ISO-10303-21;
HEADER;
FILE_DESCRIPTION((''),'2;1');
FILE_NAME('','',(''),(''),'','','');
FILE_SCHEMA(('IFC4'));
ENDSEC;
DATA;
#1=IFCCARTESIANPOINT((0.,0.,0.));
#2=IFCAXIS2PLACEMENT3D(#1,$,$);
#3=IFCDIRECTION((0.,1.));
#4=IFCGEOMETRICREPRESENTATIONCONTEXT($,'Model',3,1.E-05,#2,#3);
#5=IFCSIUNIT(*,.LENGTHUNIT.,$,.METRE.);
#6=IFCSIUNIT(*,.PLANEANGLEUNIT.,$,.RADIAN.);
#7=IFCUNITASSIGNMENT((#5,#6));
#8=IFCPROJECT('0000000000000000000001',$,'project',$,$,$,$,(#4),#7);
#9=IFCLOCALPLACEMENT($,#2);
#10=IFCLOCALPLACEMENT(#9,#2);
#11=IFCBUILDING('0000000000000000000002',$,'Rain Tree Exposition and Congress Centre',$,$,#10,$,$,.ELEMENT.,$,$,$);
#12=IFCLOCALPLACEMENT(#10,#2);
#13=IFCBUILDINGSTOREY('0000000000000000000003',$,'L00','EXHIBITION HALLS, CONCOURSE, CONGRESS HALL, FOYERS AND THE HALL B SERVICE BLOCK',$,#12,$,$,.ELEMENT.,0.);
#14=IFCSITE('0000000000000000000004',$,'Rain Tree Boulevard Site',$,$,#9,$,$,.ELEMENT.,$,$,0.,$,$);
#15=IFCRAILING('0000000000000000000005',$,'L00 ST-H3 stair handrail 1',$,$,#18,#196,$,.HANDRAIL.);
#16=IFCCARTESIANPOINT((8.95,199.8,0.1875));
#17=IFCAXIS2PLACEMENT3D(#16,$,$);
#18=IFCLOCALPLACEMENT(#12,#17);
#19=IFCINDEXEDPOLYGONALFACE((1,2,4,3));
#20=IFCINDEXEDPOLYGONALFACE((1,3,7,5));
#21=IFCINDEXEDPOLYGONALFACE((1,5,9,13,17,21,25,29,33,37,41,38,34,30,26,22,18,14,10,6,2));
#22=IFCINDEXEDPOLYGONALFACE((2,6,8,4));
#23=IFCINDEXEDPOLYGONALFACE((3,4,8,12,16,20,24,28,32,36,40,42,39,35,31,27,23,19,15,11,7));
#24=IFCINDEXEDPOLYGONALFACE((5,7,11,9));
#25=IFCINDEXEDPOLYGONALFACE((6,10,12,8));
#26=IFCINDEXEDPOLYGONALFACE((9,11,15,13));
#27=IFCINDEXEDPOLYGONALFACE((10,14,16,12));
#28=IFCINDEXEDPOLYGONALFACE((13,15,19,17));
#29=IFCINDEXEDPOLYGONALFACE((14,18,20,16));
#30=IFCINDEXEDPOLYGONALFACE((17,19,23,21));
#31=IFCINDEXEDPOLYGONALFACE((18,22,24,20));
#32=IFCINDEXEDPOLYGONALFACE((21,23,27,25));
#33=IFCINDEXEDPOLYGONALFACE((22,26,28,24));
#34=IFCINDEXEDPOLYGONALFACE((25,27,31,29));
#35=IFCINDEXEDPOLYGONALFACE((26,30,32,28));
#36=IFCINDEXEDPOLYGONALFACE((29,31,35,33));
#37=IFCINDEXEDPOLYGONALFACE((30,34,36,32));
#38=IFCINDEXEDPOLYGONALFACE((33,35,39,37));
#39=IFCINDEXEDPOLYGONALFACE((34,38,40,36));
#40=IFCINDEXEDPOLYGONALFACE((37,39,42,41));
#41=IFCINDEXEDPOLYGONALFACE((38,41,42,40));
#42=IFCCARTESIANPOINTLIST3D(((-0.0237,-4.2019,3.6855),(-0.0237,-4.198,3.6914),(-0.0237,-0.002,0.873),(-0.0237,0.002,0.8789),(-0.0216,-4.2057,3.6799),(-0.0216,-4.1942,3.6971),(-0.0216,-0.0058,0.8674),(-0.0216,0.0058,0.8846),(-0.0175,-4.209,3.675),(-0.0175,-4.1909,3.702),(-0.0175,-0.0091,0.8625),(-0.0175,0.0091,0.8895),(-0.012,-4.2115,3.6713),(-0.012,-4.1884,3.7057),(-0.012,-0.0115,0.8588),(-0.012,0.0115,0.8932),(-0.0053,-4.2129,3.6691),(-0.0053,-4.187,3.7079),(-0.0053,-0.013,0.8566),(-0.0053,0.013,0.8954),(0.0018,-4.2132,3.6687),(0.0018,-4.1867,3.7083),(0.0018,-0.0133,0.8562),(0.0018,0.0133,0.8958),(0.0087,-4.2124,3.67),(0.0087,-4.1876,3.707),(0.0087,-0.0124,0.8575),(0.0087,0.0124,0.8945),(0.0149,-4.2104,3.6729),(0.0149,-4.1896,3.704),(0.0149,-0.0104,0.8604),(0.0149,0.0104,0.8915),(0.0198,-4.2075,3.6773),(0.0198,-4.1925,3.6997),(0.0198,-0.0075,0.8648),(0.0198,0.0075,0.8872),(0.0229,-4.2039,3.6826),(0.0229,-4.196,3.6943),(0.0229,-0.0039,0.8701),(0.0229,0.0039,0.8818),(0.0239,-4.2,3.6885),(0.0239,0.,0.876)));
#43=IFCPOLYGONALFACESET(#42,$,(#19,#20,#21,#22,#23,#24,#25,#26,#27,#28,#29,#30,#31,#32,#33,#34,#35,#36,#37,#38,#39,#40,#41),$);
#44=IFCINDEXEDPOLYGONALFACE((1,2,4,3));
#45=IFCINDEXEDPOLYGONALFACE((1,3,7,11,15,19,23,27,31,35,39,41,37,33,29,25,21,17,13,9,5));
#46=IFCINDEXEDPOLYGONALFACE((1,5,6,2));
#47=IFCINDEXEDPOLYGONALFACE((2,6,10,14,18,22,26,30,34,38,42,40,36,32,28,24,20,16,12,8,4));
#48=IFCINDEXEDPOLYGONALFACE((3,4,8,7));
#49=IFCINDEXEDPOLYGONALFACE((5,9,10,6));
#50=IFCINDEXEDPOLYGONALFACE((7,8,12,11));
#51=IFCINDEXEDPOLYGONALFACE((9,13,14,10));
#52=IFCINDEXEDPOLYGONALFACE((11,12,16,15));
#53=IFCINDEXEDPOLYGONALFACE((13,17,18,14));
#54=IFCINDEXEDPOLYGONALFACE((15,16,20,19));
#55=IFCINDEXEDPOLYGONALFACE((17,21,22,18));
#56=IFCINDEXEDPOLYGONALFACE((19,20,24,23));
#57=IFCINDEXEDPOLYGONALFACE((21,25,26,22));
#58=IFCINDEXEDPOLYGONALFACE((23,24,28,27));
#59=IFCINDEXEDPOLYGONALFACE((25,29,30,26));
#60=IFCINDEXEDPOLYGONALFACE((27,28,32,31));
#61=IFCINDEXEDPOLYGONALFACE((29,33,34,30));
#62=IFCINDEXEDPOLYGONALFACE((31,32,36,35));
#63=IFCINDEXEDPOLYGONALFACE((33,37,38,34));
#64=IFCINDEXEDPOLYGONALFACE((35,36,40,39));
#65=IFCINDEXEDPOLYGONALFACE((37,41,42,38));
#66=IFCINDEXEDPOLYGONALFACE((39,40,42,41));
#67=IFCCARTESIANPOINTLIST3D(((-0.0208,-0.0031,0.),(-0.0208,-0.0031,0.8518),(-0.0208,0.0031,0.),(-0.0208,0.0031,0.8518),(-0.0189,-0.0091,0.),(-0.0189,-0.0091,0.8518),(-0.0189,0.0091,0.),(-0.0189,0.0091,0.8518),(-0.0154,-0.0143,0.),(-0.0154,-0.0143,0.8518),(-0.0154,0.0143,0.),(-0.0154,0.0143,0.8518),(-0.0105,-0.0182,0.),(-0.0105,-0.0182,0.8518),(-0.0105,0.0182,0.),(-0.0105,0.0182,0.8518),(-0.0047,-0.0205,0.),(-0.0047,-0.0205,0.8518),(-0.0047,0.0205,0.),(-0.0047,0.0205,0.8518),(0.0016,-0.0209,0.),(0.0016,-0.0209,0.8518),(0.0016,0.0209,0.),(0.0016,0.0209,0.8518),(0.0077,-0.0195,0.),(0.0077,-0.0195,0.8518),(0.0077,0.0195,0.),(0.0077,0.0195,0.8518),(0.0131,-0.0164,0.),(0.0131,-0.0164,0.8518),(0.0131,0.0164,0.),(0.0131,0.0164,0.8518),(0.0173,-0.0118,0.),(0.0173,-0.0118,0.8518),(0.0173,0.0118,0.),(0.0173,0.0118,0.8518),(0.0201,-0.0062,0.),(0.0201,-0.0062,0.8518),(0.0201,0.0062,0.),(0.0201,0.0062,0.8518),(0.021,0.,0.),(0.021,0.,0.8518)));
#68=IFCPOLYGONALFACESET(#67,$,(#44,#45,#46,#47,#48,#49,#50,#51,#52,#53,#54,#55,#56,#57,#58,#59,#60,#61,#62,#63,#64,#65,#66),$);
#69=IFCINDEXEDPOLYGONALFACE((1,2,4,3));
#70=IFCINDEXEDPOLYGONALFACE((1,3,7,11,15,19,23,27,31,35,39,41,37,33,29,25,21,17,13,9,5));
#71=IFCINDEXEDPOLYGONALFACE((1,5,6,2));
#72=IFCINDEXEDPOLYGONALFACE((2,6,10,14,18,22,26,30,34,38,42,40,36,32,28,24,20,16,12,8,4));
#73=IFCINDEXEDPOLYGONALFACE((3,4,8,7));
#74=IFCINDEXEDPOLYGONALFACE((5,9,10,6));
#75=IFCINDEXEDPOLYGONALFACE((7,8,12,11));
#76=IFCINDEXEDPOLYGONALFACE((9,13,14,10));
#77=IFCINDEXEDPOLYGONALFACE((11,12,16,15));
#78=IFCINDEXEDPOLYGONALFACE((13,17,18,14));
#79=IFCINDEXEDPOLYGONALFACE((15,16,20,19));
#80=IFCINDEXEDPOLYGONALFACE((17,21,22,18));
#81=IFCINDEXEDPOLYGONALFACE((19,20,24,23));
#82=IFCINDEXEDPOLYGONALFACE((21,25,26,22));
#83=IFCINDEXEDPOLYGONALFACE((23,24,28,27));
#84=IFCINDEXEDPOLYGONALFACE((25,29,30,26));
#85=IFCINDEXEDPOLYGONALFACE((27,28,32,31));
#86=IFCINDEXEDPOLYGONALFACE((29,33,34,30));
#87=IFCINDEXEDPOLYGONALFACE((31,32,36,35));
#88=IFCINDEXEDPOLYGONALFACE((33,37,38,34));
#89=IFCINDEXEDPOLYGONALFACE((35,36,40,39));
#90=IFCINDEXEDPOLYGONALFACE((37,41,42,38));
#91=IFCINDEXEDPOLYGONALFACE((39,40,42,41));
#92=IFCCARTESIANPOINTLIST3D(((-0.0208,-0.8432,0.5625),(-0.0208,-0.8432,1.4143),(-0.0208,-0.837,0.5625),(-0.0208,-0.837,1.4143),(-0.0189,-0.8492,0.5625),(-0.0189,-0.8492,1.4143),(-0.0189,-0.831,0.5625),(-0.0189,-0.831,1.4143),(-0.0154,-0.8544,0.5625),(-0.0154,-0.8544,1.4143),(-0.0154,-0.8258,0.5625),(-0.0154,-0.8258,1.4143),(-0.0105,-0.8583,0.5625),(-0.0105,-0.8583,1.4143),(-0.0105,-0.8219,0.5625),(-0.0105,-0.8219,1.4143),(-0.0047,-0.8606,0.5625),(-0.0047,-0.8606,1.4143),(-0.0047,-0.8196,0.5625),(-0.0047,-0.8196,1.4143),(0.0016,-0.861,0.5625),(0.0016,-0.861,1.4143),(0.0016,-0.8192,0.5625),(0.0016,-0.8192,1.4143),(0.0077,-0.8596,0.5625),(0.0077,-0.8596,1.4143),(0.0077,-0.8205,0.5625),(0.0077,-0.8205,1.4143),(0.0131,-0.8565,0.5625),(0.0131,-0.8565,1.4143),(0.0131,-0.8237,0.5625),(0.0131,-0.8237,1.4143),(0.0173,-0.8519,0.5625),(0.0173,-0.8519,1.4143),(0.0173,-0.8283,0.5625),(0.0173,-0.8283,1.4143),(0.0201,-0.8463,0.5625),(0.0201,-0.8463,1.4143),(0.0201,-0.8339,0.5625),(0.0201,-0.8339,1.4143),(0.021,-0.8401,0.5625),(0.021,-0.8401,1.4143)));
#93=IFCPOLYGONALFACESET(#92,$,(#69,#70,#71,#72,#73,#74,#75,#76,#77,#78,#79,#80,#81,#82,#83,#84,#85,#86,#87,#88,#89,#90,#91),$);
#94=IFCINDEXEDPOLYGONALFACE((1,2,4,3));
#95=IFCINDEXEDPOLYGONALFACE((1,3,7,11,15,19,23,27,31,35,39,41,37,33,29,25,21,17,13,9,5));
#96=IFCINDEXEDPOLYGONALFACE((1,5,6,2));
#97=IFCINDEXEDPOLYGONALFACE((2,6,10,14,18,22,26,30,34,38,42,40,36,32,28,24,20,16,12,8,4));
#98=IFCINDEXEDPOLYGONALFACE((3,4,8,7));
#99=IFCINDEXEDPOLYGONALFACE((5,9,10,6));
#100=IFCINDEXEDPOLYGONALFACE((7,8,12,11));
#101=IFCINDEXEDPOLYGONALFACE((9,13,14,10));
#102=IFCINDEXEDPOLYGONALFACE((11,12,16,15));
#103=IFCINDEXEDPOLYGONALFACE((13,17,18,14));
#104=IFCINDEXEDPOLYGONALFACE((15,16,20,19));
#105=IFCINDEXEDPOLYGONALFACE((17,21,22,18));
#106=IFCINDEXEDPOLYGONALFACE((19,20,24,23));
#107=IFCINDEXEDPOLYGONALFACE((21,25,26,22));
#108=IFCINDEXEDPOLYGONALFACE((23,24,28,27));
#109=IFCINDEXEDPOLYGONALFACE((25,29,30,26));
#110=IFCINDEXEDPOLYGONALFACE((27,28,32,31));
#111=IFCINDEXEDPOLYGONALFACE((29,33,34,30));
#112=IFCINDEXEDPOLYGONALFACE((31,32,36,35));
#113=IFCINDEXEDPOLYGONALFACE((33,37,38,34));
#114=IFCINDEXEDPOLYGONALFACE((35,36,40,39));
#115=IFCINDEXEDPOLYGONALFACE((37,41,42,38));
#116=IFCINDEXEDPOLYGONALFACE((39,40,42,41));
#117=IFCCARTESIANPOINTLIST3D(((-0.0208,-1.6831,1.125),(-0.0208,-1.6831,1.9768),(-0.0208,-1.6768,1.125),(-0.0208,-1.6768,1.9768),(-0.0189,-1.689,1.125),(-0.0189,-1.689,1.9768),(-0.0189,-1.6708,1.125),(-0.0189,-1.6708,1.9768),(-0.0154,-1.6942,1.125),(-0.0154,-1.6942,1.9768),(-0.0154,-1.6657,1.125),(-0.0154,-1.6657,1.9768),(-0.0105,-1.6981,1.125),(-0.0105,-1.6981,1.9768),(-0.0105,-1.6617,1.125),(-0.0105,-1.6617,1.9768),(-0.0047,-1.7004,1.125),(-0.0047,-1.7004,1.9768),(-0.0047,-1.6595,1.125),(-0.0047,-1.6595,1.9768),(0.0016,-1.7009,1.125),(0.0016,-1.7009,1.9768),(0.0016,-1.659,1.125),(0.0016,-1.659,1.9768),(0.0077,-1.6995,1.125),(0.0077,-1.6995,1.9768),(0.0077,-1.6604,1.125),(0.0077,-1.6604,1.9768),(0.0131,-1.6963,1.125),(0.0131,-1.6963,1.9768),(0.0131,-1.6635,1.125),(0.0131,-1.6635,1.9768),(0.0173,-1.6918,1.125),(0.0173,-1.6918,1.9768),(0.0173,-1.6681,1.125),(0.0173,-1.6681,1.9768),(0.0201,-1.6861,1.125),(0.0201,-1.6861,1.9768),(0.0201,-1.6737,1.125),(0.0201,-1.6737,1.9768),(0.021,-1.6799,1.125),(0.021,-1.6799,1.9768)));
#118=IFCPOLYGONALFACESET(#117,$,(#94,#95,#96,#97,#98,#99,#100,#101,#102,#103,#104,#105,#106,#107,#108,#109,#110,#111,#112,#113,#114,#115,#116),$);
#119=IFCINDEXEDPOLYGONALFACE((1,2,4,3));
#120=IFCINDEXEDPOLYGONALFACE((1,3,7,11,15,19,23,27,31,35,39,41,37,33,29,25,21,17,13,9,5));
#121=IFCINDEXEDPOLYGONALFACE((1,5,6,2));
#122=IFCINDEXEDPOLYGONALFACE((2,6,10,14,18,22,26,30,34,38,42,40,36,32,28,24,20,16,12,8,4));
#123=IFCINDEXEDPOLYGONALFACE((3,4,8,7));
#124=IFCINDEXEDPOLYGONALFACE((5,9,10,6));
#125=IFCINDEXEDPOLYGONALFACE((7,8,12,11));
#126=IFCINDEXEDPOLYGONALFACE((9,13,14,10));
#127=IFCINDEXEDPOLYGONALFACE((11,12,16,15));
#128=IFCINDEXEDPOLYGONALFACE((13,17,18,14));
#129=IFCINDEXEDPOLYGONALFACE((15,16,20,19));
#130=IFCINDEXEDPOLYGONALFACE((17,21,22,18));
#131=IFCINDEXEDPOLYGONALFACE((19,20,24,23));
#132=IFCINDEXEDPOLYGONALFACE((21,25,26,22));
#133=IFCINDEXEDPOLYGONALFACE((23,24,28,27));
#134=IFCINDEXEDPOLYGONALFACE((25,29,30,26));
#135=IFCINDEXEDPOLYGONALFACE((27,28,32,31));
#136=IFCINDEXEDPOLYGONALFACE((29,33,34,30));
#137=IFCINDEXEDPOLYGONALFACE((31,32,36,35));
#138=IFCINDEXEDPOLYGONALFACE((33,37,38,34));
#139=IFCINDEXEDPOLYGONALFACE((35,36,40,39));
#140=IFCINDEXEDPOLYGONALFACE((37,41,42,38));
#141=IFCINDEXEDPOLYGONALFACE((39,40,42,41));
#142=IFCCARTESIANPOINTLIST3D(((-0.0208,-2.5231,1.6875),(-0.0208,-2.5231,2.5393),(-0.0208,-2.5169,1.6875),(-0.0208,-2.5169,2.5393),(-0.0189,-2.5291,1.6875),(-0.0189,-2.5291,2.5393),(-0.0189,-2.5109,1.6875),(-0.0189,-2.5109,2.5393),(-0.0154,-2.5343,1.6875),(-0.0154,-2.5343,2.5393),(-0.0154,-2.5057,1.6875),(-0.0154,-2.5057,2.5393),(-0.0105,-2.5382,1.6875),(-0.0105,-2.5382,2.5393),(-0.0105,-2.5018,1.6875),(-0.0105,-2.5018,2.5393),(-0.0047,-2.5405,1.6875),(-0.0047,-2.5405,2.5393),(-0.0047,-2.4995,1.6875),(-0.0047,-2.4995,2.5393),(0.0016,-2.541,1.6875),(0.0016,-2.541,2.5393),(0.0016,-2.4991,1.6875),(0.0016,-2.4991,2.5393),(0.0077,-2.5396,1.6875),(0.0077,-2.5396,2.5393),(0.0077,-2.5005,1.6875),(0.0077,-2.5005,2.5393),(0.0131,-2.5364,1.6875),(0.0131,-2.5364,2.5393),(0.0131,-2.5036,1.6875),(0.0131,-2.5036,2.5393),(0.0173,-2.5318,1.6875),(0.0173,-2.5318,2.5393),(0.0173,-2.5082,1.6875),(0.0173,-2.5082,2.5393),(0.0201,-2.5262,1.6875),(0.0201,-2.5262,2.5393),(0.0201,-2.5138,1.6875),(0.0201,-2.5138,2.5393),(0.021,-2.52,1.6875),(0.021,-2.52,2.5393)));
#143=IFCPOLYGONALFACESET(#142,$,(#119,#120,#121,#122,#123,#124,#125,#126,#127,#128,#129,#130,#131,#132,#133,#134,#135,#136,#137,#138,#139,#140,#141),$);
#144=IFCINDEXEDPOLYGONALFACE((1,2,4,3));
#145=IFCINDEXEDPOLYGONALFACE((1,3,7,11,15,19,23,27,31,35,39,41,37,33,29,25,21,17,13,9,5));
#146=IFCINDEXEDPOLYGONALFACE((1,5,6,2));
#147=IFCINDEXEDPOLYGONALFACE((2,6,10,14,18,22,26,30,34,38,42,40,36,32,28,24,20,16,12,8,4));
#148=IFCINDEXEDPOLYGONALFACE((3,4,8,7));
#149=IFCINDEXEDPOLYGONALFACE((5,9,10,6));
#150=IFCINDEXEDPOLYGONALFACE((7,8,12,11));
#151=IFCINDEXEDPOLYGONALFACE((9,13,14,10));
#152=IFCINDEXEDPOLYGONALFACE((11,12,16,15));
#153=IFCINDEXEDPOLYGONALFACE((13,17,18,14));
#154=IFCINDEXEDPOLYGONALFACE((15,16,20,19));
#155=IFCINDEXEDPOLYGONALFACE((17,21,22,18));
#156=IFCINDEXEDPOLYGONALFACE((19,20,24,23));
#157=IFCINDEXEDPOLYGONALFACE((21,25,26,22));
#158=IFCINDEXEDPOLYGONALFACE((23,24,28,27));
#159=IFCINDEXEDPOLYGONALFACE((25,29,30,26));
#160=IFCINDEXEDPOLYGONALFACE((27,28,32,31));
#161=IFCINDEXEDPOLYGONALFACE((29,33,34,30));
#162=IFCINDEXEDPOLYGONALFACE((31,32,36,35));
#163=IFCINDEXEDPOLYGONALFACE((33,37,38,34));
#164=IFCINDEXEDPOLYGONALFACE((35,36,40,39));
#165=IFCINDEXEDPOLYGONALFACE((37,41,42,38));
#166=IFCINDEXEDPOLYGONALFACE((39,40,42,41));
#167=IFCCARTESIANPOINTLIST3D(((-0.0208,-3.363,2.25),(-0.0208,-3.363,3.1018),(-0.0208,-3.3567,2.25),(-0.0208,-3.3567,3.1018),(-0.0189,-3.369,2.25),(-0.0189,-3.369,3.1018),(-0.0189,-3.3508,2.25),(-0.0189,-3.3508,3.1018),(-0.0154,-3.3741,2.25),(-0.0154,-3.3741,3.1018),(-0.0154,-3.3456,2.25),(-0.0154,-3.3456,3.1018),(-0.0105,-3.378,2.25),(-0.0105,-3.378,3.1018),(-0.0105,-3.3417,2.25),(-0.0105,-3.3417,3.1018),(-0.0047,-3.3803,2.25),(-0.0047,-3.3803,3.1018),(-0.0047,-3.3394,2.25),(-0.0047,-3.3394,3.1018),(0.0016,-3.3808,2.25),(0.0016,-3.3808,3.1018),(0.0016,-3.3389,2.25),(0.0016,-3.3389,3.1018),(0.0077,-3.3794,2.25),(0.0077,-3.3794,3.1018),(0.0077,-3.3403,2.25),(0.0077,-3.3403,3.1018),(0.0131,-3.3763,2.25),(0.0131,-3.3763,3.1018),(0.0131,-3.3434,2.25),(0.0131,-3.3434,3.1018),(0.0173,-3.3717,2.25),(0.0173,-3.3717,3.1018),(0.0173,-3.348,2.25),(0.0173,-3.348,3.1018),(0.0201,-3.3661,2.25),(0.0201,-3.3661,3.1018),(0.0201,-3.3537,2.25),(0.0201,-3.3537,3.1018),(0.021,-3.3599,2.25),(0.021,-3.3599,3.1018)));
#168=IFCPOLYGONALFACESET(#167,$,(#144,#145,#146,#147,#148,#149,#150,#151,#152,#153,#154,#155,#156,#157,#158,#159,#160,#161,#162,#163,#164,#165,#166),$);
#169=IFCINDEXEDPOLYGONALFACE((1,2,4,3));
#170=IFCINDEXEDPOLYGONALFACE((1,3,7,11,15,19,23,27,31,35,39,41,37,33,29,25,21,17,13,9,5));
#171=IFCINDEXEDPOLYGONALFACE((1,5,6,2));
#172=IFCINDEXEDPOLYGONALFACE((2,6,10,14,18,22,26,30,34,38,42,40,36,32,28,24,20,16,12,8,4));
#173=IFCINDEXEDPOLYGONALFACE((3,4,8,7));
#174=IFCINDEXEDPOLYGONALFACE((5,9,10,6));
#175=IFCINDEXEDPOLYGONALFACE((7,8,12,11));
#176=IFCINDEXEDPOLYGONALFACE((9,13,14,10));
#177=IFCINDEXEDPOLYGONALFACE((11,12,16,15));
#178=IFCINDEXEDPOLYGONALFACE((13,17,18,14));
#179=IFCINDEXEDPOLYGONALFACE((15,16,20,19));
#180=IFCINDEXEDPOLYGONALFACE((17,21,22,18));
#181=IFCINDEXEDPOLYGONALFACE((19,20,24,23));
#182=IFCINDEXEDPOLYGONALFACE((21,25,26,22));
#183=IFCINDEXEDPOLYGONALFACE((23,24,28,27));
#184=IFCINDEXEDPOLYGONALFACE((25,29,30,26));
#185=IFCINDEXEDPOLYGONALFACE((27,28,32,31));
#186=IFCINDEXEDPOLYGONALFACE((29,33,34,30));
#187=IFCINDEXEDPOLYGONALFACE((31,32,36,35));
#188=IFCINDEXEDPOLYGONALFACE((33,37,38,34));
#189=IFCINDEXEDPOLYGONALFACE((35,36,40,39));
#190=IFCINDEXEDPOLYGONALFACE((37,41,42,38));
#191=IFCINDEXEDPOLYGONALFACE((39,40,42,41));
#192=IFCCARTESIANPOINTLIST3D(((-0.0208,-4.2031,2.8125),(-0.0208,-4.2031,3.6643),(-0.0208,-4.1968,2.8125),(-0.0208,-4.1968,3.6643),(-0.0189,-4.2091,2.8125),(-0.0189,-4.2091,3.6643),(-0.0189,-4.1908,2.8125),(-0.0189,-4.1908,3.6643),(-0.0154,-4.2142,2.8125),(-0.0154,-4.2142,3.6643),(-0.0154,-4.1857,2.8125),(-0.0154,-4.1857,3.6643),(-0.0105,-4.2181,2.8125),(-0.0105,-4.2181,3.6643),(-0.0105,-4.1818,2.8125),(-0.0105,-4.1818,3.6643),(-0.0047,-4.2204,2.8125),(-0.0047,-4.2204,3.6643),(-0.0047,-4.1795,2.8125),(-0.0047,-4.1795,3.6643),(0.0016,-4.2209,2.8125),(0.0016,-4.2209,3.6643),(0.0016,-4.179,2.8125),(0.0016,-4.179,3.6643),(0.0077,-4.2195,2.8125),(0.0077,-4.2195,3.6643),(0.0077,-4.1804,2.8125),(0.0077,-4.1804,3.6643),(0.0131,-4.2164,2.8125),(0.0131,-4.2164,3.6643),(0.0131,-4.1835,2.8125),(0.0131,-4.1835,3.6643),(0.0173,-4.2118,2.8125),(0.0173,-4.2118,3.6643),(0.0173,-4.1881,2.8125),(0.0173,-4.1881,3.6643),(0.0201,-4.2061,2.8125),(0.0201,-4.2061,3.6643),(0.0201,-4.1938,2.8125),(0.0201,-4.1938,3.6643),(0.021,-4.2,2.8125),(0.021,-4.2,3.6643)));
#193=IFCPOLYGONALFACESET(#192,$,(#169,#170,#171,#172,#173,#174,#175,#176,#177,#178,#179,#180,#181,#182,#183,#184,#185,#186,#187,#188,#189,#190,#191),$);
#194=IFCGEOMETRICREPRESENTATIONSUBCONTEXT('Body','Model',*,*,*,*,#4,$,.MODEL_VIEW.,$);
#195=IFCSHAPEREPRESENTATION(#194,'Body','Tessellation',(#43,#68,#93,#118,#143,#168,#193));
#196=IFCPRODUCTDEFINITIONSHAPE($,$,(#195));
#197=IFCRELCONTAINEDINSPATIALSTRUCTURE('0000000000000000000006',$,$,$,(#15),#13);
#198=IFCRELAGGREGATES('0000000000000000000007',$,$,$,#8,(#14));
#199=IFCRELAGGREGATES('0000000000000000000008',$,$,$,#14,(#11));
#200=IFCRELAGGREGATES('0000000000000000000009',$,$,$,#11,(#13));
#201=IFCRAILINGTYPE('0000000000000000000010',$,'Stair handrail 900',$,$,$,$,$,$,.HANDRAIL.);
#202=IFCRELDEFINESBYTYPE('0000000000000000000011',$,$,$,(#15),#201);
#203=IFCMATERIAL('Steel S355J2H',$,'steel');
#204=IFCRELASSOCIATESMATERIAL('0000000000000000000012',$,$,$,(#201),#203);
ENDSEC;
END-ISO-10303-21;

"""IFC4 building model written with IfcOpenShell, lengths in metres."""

from ifc_helpers import new_model, si_unit, direction, frame, origin, origin_2d, place, context, subcontext, project, spatial, circle, extrude, material, type_object, element, save


model = new_model("IFC4")

# Units and contexts
model_context = context("Model", 3, precision=1e-05, world=origin(), true_north=direction((0.0, 1.0)))
body_context = subcontext(model_context, "Body", "Model", "MODEL_VIEW")
ifc_project = project(units=[si_unit("LENGTHUNIT", "METRE"), si_unit("PLANEANGLEUNIT", "RADIAN")], contexts=[model_context])

# Site, building, storey
site_placement = place(None, origin())
site = spatial("IfcSite", under=ifc_project, at=site_placement, Name="Rain Tree Boulevard Site", CompositionType="ELEMENT", RefElevation=0.0)
building_placement = place(site_placement, origin())
building = spatial("IfcBuilding", under=site, at=building_placement, Name="Rain Tree Exposition and Congress Centre", CompositionType="ELEMENT")
storey_placement = place(building_placement, origin())
storey = spatial("IfcBuildingStorey", under=building, at=storey_placement, Name="L00", Description="EXHIBITION HALLS, CONCOURSE, CONGRESS HALL, FOYERS AND THE HALL B SERVICE BLOCK", CompositionType="ELEMENT", Elevation=0.0)

# Railing
ifc_material_1 = material(Name="Steel S355J2H", Category="steel")
railing_type_1 = type_object("IfcRailingType", Name="Stair handrail 900", PredefinedType="HANDRAIL", material=ifc_material_1)
railing_1_placement = place(storey_placement, frame((8.95, 199.8, 0.1875)))
element("IfcRailing", 1, at=railing_1_placement, inside=storey, type_object=railing_type_1, Name="L00 ST-H3 stair handrail 1", PredefinedType="HANDRAIL", context=body_context, shape_type="SweptSolid", body=[
    extrude(circle(Radius=0.0239, at=origin_2d()), frame((0.0, 0.0, 0.876), z_axis=(0.0, -0.830904, 0.556416), x_axis=(1.0, 0.0, 0.0)), (0.0, 0.0, 1.0), 5.0547),
    extrude(circle(Radius=0.021, at=origin_2d()), origin(), (0.0, 0.0, 1.0), 0.8518),
    extrude(circle(Radius=0.021, at=origin_2d()), frame((0.0, -0.8401, 0.5625)), (0.0, 0.0, 1.0), 0.8518),
    extrude(circle(Radius=0.021, at=origin_2d()), frame((0.0, -1.6799, 1.125)), (0.0, 0.0, 1.0), 0.8518),
    extrude(circle(Radius=0.021, at=origin_2d()), frame((0.0, -2.52, 1.6875)), (0.0, 0.0, 1.0), 0.8518),
    extrude(circle(Radius=0.021, at=origin_2d()), frame((0.0, -3.3599, 2.25)), (0.0, 0.0, 1.0), 0.8518),
    extrude(circle(Radius=0.021, at=origin_2d()), frame((0.0, -4.2, 2.8125)), (0.0, 0.0, 1.0), 0.8518),
])

save(model, "model.ifc")
